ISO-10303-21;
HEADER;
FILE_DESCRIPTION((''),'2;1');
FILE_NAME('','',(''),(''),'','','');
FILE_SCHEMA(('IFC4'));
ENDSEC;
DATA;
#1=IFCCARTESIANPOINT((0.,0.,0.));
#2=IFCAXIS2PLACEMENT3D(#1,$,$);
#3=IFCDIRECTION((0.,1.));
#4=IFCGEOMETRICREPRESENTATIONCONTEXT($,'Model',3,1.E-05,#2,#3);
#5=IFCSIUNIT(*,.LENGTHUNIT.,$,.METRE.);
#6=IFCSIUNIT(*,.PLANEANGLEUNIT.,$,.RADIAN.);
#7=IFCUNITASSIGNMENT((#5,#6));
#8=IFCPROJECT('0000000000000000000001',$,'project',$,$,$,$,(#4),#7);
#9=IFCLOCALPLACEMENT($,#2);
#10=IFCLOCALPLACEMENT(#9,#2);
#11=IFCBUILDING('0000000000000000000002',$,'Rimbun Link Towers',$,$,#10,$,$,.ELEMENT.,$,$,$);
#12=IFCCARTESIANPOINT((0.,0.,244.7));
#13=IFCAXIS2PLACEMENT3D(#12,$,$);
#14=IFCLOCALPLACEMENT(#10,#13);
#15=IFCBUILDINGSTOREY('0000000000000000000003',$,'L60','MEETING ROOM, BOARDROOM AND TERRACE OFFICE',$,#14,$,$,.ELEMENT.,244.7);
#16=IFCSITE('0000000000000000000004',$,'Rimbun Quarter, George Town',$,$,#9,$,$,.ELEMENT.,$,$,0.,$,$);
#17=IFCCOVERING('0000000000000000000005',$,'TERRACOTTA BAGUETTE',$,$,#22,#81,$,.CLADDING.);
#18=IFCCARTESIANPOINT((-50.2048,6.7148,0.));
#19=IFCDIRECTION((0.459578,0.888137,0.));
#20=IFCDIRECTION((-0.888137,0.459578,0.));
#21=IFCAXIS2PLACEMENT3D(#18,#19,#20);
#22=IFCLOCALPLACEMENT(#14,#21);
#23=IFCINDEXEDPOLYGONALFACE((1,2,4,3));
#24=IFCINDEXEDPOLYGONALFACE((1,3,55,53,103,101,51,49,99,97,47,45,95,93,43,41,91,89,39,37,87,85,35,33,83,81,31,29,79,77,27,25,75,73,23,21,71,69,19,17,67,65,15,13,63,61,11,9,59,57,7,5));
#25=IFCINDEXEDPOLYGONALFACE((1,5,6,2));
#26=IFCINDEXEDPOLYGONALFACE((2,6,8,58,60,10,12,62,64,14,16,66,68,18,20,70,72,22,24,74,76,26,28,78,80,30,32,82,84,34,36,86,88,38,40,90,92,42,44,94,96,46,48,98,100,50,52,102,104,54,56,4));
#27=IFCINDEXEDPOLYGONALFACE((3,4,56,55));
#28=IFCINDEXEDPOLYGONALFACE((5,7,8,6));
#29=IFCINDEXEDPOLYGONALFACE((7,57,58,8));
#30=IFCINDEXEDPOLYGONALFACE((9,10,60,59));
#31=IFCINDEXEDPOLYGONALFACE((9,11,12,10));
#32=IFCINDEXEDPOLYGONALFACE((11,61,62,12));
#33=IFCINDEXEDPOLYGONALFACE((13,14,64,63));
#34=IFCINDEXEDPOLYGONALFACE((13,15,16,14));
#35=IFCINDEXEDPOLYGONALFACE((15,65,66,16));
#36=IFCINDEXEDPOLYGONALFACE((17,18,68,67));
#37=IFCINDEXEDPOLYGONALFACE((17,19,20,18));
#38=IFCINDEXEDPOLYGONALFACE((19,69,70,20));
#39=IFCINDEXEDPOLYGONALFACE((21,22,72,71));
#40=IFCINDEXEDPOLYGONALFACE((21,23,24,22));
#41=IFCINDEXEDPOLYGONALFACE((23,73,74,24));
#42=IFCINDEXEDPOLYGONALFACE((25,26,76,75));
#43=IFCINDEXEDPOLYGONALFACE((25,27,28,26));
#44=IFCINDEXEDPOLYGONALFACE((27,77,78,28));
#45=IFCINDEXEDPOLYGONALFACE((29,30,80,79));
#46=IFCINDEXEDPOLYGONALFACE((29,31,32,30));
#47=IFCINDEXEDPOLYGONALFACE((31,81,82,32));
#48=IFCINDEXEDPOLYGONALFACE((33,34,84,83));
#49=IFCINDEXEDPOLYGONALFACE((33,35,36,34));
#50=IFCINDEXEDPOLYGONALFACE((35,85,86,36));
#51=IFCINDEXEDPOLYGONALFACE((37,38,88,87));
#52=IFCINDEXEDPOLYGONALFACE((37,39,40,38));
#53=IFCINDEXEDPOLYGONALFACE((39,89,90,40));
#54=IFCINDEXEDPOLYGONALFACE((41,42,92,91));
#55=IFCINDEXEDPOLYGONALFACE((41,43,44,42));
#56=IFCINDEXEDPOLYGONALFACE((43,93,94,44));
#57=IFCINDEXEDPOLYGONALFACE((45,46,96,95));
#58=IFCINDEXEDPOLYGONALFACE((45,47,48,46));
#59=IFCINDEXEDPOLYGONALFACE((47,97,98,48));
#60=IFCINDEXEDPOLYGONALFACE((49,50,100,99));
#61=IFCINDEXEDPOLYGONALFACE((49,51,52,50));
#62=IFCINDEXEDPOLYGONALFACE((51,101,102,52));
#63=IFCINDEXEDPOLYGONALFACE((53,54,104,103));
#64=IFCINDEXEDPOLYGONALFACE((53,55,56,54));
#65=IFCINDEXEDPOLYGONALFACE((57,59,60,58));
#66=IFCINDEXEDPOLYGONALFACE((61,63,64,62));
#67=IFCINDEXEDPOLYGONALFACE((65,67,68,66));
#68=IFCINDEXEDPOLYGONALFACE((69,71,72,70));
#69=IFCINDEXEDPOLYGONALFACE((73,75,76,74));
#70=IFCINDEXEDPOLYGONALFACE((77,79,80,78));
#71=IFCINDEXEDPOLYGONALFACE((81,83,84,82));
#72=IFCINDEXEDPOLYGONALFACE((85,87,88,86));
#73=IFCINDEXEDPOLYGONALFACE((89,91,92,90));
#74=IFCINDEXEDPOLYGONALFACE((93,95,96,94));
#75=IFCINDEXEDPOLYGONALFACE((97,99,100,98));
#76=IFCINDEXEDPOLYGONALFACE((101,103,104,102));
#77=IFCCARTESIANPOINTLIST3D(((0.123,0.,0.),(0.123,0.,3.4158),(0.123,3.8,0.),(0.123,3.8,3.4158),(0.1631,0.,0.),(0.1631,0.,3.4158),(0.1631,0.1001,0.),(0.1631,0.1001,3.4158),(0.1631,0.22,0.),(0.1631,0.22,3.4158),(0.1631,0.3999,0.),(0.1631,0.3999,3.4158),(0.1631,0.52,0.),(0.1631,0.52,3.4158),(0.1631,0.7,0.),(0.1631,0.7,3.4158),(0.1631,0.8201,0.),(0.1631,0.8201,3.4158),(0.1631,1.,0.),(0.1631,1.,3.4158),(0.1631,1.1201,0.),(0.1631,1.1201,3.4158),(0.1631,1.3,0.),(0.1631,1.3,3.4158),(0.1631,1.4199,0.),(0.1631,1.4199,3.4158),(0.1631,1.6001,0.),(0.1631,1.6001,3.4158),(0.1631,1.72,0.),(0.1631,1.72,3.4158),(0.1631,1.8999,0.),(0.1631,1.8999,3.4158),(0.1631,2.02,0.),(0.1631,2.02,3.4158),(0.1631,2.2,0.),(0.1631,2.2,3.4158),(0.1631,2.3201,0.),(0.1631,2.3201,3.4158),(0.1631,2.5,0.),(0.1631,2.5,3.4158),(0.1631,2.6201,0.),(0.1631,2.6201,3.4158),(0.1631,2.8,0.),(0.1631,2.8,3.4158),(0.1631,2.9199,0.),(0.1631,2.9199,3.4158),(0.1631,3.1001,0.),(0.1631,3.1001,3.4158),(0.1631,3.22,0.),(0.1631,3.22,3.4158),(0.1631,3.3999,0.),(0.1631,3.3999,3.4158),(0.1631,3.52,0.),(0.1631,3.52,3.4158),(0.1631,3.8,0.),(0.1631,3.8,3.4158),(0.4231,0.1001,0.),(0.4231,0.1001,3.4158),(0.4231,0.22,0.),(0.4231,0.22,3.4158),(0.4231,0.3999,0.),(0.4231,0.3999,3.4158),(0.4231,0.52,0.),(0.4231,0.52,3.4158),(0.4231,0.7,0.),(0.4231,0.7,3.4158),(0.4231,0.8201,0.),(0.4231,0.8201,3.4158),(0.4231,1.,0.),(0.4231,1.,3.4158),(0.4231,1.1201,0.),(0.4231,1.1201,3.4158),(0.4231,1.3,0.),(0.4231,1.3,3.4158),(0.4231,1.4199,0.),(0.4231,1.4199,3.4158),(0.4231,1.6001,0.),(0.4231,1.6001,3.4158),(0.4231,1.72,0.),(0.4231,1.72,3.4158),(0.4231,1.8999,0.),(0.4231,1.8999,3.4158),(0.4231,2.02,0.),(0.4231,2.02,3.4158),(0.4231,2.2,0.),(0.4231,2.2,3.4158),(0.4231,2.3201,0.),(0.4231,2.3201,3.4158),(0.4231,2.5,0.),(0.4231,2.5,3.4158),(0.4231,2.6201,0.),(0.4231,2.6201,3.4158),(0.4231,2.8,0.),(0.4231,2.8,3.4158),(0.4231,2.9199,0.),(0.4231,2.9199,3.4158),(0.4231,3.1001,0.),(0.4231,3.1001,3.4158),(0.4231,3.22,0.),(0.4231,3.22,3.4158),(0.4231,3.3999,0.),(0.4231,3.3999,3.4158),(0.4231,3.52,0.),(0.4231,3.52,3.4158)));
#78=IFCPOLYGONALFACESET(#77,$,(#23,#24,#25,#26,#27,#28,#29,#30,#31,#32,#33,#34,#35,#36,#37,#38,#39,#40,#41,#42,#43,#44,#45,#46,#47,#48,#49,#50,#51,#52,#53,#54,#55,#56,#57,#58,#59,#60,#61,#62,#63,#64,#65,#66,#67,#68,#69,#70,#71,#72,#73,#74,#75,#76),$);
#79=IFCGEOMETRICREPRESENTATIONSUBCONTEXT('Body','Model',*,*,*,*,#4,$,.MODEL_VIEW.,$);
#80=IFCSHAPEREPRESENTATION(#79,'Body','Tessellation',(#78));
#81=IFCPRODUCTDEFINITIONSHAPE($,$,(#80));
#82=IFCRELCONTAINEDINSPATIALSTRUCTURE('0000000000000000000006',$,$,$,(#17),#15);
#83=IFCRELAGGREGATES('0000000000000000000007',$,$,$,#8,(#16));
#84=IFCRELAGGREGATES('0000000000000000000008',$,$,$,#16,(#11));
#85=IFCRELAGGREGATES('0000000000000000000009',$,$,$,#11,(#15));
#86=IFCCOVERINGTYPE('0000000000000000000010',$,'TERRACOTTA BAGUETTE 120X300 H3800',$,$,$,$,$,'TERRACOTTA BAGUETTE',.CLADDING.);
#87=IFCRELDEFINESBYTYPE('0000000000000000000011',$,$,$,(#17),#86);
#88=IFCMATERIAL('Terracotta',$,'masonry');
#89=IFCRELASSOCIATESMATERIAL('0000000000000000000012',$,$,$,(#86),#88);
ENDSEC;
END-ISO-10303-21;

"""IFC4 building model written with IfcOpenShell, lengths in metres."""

from ifc_helpers import new_model, si_unit, direction, frame, origin, place, context, subcontext, project, spatial, polyline, outline, extrude, material, material_profile, profile_set, type_object, element, save


model = new_model("IFC4")

# Units and contexts
model_context = context("Model", 3, precision=1e-05, world=origin(), true_north=direction((0.0, 1.0)))
body_context = subcontext(model_context, "Body", "Model", "MODEL_VIEW")
ifc_project = project(units=[si_unit("LENGTHUNIT", "METRE"), si_unit("PLANEANGLEUNIT", "RADIAN")], contexts=[model_context])

# Site, building, storey
site_placement = place(None, origin())
site = spatial("IfcSite", under=ifc_project, at=site_placement, Name="Rimbun Quarter, George Town", CompositionType="ELEMENT", RefElevation=0.0)
building_placement = place(site_placement, origin())
building = spatial("IfcBuilding", under=site, at=building_placement, Name="Rimbun Link Towers", CompositionType="ELEMENT")
storey_placement = place(building_placement, frame((0.0, 0.0, 244.7)))
storey = spatial("IfcBuildingStorey", under=building, at=storey_placement, Name="L60", Description="MEETING ROOM, BOARDROOM AND TERRACE OFFICE", CompositionType="ELEMENT", Elevation=244.7)

# Covering
ifc_material_1 = material(Name="Terracotta", Category="masonry")
ifc_material_profile_1 = material_profile(ifc_material_1, outline(polyline([(0.123, 0.0), (0.1631, 0.0), (0.1631, 0.1001), (0.4231, 0.1001), (0.4231, 0.22), (0.1631, 0.22), (0.1631, 0.3999), (0.4231, 0.3999), (0.4231, 0.52), (0.1631, 0.52), (0.1631, 0.7), (0.4231, 0.7), (0.4231, 0.8201), (0.1631, 0.8201), (0.1631, 1.0), (0.4231, 1.0), (0.4231, 1.1201), (0.1631, 1.1201), (0.1631, 1.3), (0.4231, 1.3), (0.4231, 1.4199), (0.1631, 1.4199), (0.1631, 1.6001), (0.4231, 1.6001), (0.4231, 1.72), (0.1631, 1.72), (0.1631, 1.8999), (0.4231, 1.8999), (0.4231, 2.02), (0.1631, 2.02), (0.1631, 2.2), (0.4231, 2.2), (0.4231, 2.3201), (0.1631, 2.3201), (0.1631, 2.5), (0.4231, 2.5), (0.4231, 2.6201), (0.1631, 2.6201), (0.1631, 2.8), (0.4231, 2.8), (0.4231, 2.9199), (0.1631, 2.9199), (0.1631, 3.1001), (0.4231, 3.1001), (0.4231, 3.22), (0.1631, 3.22), (0.1631, 3.3999), (0.4231, 3.3999), (0.4231, 3.52), (0.1631, 3.52), (0.1631, 3.8), (0.123, 3.8), (0.123, 0.0)])), Name="BAGUETTE 120X300")
ifc_profile_set_1 = profile_set([ifc_material_profile_1], Name="Terracotta")
covering_type = type_object("IfcCoveringType", Name="TERRACOTTA BAGUETTE 120X300 H3800", ElementType="TERRACOTTA BAGUETTE", PredefinedType="CLADDING", material=ifc_profile_set_1)
covering_placement = place(storey_placement, frame((-50.2048, 6.7148, 0.0), z_axis=(0.459578, 0.888137, 0.0), x_axis=(-0.888137, 0.459578, 0.0)))
element("IfcCovering", 1, at=covering_placement, inside=storey, type_object=covering_type, Name="TERRACOTTA BAGUETTE", PredefinedType="CLADDING", context=body_context, shape_type="SweptSolid", body=[
    extrude(outline(polyline([(0.123, 0.0), (0.1631, 0.0), (0.1631, 0.1001), (0.4231, 0.1001), (0.4231, 0.22), (0.1631, 0.22), (0.1631, 0.3999), (0.4231, 0.3999), (0.4231, 0.52), (0.1631, 0.52), (0.1631, 0.7), (0.4231, 0.7), (0.4231, 0.8201), (0.1631, 0.8201), (0.1631, 1.0), (0.4231, 1.0), (0.4231, 1.1201), (0.1631, 1.1201), (0.1631, 1.3), (0.4231, 1.3), (0.4231, 1.4199), (0.1631, 1.4199), (0.1631, 1.6001), (0.4231, 1.6001), (0.4231, 1.72), (0.1631, 1.72), (0.1631, 1.8999), (0.4231, 1.8999), (0.4231, 2.02), (0.1631, 2.02), (0.1631, 2.2), (0.4231, 2.2), (0.4231, 2.3201), (0.1631, 2.3201), (0.1631, 2.5), (0.4231, 2.5), (0.4231, 2.6201), (0.1631, 2.6201), (0.1631, 2.8), (0.4231, 2.8), (0.4231, 2.9199), (0.1631, 2.9199), (0.1631, 3.1001), (0.4231, 3.1001), (0.4231, 3.22), (0.1631, 3.22), (0.1631, 3.3999), (0.4231, 3.3999), (0.4231, 3.52), (0.1631, 3.52), (0.1631, 3.8), (0.123, 3.8), (0.123, 0.0)])), origin(), (0.0, 0.0, 1.0), 3.4158),
])

save(model, "model.ifc")
